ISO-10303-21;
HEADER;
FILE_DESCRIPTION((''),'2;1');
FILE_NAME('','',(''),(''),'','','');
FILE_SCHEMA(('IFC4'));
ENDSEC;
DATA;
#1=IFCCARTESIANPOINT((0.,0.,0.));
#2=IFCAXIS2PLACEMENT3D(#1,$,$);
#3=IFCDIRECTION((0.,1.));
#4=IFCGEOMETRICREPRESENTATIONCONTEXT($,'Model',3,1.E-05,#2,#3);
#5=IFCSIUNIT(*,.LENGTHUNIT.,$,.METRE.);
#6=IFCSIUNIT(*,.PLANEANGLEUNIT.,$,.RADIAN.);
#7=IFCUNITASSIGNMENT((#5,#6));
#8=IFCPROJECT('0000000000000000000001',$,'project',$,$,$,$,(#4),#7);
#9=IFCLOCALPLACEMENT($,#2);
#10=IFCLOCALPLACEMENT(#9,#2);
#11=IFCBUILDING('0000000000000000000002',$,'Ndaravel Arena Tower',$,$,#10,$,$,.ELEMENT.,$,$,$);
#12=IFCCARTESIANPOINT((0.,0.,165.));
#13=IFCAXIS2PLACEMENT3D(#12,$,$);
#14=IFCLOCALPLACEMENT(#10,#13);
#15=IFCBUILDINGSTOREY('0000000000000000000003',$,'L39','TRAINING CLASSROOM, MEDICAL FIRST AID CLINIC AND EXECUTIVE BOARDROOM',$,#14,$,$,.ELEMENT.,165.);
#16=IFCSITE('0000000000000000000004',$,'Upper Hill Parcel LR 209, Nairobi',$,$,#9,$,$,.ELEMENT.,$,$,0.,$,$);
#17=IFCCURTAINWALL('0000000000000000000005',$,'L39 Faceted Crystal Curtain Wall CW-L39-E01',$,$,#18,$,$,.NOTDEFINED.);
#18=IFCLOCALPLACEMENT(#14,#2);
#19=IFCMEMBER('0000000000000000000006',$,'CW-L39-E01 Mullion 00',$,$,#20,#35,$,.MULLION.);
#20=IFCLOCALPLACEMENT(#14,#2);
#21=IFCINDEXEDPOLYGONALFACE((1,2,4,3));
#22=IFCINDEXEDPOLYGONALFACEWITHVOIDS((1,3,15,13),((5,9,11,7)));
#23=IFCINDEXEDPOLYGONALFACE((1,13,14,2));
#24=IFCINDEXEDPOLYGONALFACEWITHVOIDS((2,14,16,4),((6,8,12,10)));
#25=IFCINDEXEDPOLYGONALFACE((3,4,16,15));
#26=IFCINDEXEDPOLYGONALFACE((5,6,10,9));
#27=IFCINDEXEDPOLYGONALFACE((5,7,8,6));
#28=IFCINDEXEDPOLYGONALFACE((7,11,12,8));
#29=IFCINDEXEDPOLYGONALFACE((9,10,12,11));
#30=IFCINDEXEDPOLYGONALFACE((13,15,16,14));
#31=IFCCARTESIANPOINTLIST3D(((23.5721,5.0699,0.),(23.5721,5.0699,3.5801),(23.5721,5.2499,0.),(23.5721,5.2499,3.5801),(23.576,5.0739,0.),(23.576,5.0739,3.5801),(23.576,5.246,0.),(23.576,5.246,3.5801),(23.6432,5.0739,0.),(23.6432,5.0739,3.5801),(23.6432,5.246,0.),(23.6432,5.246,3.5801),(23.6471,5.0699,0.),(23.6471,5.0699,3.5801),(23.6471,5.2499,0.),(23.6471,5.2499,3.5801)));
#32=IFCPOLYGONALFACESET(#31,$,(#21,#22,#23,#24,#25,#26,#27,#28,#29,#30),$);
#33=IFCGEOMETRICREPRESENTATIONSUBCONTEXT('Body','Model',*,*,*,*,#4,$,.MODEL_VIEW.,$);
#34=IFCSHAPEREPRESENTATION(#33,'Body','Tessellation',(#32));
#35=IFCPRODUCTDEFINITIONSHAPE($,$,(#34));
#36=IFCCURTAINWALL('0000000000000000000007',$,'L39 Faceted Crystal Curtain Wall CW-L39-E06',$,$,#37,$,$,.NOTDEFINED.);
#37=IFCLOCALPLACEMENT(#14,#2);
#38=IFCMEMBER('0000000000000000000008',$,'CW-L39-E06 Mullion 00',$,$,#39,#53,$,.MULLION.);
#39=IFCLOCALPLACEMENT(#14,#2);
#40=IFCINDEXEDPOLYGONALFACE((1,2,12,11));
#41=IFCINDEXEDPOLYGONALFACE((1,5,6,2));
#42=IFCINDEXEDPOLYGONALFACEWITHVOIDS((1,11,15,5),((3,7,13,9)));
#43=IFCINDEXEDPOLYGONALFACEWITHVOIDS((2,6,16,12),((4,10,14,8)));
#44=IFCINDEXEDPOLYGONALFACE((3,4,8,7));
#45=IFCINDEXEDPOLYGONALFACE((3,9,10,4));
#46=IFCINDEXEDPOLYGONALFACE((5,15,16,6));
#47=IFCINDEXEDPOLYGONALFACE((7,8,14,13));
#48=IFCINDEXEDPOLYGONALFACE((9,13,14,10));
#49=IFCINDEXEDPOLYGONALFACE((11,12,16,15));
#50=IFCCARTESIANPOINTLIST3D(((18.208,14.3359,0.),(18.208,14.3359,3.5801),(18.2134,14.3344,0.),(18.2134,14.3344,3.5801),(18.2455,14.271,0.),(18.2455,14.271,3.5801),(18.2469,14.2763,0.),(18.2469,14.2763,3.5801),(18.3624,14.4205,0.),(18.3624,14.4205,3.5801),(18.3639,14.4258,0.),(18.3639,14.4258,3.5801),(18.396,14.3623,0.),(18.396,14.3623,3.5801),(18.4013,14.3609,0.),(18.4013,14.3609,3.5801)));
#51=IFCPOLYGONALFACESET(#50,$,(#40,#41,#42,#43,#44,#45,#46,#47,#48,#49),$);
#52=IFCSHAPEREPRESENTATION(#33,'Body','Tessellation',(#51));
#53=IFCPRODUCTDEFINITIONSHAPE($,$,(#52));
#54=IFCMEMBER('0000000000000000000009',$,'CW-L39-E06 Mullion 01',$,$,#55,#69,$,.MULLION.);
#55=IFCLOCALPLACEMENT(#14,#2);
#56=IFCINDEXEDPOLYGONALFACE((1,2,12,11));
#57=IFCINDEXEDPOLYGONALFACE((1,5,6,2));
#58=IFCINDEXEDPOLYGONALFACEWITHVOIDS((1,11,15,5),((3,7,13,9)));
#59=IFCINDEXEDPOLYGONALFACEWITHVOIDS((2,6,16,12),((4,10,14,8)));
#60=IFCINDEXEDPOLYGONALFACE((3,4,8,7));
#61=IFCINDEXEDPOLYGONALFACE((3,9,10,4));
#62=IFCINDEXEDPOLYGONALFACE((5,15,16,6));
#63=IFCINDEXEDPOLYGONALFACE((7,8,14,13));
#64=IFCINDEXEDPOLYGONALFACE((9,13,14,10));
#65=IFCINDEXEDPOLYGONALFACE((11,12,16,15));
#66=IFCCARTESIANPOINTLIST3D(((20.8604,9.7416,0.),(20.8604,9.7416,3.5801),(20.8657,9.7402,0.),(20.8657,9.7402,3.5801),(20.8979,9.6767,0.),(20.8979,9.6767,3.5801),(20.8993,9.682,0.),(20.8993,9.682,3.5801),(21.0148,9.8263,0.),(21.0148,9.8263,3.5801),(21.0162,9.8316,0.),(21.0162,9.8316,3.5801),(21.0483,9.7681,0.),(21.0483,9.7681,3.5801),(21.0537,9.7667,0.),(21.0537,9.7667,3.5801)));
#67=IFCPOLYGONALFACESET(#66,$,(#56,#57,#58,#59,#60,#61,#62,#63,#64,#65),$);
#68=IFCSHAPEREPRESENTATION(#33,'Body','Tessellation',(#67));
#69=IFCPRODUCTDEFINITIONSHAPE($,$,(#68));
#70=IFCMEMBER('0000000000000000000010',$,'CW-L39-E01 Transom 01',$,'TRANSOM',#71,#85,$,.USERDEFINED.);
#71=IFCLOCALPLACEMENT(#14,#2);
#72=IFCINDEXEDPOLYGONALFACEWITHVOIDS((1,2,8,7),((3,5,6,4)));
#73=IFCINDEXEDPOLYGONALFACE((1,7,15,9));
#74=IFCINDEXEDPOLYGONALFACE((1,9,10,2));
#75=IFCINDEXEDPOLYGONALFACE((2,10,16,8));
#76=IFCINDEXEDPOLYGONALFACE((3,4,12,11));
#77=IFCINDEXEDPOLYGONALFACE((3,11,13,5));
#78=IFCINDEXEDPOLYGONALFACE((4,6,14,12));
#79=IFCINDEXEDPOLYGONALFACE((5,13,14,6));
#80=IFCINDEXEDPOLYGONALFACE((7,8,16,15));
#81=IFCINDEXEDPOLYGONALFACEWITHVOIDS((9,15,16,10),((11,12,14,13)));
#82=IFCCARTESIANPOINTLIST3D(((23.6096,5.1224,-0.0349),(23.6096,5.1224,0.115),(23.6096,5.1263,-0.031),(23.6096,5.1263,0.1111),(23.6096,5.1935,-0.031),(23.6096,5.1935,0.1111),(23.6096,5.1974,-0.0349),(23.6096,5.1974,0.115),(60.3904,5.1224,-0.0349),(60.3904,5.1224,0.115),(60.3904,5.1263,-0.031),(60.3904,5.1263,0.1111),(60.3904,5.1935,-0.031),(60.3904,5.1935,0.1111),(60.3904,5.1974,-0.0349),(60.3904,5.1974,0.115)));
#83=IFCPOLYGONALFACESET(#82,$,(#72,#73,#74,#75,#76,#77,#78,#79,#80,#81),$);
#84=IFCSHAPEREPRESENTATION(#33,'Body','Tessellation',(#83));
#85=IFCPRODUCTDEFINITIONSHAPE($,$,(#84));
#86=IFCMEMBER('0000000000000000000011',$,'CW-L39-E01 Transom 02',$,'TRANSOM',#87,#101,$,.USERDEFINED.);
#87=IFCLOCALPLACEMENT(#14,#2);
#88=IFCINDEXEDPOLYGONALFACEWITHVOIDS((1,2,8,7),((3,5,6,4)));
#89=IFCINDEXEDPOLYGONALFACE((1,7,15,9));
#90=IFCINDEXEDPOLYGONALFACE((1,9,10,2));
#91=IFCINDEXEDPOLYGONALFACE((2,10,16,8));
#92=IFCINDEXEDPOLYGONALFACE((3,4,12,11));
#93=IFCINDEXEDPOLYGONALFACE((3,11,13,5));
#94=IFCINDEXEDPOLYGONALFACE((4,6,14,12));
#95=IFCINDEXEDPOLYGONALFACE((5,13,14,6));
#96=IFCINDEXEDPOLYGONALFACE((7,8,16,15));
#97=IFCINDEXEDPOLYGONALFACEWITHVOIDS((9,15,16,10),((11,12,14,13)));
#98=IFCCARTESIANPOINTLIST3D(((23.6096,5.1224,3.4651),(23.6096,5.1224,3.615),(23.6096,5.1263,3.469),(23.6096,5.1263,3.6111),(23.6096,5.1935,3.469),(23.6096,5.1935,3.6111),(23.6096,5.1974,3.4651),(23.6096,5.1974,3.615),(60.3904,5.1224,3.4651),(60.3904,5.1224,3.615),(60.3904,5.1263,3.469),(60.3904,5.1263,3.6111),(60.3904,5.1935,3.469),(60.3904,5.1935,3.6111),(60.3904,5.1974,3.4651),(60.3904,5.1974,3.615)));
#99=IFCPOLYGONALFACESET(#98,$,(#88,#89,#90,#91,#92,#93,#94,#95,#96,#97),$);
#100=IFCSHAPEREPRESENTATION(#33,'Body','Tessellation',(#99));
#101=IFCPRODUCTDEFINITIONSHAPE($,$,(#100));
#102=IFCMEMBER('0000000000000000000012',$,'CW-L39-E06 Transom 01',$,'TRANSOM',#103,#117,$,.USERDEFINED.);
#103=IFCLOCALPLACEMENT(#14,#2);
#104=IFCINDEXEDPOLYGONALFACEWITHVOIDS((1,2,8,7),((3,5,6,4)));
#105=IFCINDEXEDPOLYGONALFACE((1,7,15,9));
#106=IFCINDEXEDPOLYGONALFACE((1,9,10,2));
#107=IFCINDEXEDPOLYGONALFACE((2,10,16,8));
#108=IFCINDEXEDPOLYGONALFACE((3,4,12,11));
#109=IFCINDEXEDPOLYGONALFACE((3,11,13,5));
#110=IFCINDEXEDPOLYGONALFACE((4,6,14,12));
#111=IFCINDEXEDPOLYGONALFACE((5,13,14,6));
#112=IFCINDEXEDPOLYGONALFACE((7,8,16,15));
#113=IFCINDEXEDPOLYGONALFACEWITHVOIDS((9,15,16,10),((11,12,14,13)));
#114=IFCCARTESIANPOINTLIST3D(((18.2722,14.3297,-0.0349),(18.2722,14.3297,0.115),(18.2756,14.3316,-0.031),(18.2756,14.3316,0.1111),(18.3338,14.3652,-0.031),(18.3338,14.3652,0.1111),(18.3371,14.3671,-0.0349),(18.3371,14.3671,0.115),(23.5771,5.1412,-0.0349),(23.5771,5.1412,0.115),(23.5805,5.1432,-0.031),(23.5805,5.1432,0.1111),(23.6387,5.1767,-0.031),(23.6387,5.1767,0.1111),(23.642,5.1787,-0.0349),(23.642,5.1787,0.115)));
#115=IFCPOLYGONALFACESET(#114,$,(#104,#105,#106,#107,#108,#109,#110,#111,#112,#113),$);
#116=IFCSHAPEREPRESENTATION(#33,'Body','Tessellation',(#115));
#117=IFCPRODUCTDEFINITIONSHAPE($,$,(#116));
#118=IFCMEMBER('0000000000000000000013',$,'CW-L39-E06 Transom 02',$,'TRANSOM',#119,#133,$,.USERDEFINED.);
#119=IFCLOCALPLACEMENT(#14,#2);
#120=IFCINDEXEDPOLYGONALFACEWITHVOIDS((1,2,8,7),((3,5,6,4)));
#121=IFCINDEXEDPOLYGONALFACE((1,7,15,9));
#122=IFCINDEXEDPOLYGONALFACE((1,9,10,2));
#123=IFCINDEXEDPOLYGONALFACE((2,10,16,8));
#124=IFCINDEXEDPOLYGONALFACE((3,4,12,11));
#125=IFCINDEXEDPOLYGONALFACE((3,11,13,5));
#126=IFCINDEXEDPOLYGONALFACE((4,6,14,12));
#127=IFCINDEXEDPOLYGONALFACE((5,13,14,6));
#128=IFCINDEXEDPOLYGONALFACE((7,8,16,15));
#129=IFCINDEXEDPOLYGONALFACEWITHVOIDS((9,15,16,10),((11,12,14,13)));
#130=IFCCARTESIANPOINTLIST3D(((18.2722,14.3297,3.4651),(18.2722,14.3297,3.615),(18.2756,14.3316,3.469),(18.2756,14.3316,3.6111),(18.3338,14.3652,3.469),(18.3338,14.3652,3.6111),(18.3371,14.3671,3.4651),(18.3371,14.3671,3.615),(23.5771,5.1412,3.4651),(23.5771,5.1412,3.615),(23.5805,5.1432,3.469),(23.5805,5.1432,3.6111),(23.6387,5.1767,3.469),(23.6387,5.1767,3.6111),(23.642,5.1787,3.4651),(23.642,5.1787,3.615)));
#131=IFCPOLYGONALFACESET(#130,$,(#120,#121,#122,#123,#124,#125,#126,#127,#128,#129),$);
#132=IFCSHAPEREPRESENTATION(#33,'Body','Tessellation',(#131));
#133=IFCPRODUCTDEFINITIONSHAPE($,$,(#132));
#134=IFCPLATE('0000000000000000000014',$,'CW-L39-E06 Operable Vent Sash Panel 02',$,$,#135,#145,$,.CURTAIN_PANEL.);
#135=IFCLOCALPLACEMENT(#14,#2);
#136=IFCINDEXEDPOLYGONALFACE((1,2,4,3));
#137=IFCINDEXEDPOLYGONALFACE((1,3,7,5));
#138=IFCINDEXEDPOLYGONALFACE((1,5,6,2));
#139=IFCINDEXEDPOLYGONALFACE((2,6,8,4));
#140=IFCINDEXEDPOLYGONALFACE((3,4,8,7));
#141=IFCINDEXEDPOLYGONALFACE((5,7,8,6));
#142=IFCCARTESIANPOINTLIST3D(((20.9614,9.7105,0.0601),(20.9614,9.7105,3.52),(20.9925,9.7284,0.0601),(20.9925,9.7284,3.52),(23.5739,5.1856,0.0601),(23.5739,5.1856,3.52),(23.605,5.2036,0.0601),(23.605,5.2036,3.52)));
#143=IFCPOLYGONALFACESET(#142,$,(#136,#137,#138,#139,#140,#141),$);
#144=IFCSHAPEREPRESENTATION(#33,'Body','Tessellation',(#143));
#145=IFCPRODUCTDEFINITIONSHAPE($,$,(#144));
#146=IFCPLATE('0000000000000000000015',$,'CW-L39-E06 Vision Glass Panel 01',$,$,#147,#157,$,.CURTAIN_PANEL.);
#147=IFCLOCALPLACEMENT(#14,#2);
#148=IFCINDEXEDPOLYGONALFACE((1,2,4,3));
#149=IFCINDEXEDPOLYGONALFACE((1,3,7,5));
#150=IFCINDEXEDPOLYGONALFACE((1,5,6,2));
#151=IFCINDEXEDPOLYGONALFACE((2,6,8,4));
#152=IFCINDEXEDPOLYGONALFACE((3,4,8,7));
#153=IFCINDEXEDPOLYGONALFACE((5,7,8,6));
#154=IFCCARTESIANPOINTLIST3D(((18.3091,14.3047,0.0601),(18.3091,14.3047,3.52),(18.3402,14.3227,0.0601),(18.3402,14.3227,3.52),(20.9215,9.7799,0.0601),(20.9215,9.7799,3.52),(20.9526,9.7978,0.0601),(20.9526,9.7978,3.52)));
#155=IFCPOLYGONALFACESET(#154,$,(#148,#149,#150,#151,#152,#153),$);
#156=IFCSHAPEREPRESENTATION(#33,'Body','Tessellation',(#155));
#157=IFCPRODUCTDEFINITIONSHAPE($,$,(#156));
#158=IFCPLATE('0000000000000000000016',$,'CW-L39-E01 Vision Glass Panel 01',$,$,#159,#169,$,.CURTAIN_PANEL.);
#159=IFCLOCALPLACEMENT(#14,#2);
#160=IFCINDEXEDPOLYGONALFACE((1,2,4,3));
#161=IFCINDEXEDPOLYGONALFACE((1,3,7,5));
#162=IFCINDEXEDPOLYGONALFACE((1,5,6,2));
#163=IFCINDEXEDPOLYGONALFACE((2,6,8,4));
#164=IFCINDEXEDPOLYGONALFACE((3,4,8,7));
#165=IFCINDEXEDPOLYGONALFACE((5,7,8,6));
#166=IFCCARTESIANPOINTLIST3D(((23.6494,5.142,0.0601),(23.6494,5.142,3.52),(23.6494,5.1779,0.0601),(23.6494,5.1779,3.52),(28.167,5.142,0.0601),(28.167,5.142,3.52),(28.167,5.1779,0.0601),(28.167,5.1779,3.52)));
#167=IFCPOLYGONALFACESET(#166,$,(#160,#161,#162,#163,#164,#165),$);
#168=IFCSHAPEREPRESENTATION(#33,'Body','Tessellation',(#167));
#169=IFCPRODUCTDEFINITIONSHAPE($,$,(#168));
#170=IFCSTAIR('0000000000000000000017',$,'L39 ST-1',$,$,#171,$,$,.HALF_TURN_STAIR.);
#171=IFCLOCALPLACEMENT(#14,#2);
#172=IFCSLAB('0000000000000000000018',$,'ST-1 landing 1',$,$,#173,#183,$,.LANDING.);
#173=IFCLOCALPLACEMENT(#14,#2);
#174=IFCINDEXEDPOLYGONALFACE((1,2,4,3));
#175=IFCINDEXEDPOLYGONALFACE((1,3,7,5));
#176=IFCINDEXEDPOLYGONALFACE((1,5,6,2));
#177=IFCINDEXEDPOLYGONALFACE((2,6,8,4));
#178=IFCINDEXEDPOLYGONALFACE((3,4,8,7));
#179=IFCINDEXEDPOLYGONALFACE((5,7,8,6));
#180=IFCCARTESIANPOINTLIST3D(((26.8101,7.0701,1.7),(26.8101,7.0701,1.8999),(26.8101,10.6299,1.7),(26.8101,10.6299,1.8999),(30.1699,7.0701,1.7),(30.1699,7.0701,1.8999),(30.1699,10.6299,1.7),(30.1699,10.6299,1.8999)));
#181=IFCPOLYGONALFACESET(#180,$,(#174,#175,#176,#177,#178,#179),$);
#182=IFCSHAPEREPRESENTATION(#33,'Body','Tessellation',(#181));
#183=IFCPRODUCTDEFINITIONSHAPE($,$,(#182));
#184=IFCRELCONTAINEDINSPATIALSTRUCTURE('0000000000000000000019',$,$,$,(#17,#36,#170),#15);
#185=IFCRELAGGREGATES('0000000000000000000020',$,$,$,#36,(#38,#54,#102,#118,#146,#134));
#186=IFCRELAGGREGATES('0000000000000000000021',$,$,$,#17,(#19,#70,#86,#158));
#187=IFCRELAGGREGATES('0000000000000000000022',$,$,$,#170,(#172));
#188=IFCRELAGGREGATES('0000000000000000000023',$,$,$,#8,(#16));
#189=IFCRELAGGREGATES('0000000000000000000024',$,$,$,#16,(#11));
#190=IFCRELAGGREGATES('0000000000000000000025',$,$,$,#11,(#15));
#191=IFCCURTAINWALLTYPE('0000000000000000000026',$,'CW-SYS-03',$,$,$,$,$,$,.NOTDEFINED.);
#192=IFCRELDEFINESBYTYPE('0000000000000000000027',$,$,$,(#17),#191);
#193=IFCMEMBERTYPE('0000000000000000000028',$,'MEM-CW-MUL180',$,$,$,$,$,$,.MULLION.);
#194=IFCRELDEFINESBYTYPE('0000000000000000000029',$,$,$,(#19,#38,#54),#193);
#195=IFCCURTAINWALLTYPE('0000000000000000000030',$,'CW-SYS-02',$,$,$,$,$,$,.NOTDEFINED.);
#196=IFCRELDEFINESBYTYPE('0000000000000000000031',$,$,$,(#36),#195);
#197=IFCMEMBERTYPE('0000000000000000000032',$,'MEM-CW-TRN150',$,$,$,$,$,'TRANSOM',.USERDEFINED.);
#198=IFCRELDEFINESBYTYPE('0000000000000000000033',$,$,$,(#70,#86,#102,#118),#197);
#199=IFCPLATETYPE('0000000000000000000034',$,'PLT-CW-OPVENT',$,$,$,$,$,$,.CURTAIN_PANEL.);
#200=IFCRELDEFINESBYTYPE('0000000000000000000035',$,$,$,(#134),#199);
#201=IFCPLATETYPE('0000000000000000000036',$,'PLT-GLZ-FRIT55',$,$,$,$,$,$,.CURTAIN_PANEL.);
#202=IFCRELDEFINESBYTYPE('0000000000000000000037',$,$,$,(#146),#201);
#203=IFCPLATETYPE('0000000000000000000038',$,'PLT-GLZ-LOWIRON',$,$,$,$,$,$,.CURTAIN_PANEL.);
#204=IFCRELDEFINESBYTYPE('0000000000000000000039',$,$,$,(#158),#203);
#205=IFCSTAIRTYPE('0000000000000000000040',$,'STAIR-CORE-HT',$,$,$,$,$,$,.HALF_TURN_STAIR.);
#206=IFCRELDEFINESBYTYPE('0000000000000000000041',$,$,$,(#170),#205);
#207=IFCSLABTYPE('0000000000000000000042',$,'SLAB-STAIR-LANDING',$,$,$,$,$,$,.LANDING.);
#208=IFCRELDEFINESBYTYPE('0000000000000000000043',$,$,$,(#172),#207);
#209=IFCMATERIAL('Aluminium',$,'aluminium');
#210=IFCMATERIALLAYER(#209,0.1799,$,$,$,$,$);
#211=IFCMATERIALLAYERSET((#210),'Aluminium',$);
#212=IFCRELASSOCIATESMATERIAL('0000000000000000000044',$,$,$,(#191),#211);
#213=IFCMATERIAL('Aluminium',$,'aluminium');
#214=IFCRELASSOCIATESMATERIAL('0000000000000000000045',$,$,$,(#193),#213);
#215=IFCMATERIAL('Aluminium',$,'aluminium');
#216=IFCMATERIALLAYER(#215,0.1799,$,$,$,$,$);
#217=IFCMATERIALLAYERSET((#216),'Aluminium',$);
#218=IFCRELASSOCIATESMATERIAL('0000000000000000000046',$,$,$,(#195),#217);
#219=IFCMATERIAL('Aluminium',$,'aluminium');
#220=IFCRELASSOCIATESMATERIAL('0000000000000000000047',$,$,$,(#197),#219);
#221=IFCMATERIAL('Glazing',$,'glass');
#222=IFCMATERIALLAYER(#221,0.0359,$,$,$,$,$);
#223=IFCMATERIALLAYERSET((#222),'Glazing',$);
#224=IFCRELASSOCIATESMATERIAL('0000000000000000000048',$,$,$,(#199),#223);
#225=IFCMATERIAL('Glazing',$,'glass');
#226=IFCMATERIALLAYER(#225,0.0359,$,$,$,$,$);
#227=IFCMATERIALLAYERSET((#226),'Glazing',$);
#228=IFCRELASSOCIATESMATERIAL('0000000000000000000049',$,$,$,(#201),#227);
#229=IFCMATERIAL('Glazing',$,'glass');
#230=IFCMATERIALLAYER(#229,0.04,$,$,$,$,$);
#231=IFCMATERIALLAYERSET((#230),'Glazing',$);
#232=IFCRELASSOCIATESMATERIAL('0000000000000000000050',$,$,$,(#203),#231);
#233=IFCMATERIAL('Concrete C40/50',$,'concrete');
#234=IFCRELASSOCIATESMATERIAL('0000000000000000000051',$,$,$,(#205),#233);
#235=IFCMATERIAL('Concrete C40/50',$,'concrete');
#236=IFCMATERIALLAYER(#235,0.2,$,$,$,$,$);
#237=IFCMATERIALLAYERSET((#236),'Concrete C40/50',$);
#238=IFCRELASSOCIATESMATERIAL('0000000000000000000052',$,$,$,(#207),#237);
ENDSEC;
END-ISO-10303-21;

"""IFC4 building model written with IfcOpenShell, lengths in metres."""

from ifc_helpers import new_model, si_unit, direction, frame, origin, origin_2d, place, context, subcontext, project, spatial, polyline, rectangle, hollow_rectangle, outline, extrude, material, layer, layer_set, material_profile, profile_set, type_object, element, aggregate, save


model = new_model("IFC4")

# Units and contexts
model_context = context("Model", 3, precision=1e-05, world=origin(), true_north=direction((0.0, 1.0)))
body_context = subcontext(model_context, "Body", "Model", "MODEL_VIEW")
ifc_project = project(units=[si_unit("LENGTHUNIT", "METRE"), si_unit("PLANEANGLEUNIT", "RADIAN")], contexts=[model_context])

# Site, building, storey
site_placement = place(None, origin())
site = spatial("IfcSite", under=ifc_project, at=site_placement, Name="Upper Hill Parcel LR 209, Nairobi", CompositionType="ELEMENT", RefElevation=0.0)
building_placement = place(site_placement, origin())
building = spatial("IfcBuilding", under=site, at=building_placement, Name="Ndaravel Arena Tower", CompositionType="ELEMENT")
storey_placement = place(building_placement, frame((0.0, 0.0, 165.0)))
storey = spatial("IfcBuildingStorey", under=building, at=storey_placement, Name="L39", Description="TRAINING CLASSROOM, MEDICAL FIRST AID CLINIC AND EXECUTIVE BOARDROOM", CompositionType="ELEMENT", Elevation=165.0)

# Curtain wall, member
ifc_material_1 = material(Name="Aluminium", Category="aluminium")
ifc_layer_1 = layer(ifc_material_1, 0.1799)
ifc_layer_set_1 = layer_set([ifc_layer_1], Name="Aluminium")
curtain_wall_type_1 = type_object("IfcCurtainWallType", Name="CW-SYS-03", PredefinedType="NOTDEFINED", material=ifc_layer_set_1)
curtain_wall_1_placement = place(storey_placement, origin())
curtain_wall_1 = element("IfcCurtainWall", 1, at=curtain_wall_1_placement, inside=storey, type_object=curtain_wall_type_1, Name="L39 Faceted Crystal Curtain Wall CW-L39-E01", PredefinedType="NOTDEFINED")
ifc_material_2 = material(Name="Aluminium", Category="aluminium")
ifc_material_profile_1 = material_profile(ifc_material_2, hollow_rectangle(XDim=0.075, YDim=0.1799, WallThickness=0.0039, at=origin_2d()), Name="CW MULLION 75x180x4")
ifc_profile_set_1 = profile_set([ifc_material_profile_1], Name="Aluminium")
member_type_1 = type_object("IfcMemberType", Name="MEM-CW-MUL180", PredefinedType="MULLION", material=ifc_profile_set_1)
member_1_placement = place(storey_placement, frame((23.6096, 5.1599, 0.0), z_axis=(0.0, 0.0, 1.0), x_axis=(1.0, 0.0, 0.0)))
member_1 = element("IfcMember", 2, at=member_1_placement, type_object=member_type_1, Name="CW-L39-E01 Mullion 00", PredefinedType="MULLION", context=body_context, shape_type="SweptSolid", body=[
    extrude(hollow_rectangle(XDim=0.075, YDim=0.1799, WallThickness=0.0039, at=origin_2d()), origin(), (0.0, 0.0, 1.0), 3.5801),
])

# Curtain wall, members
ifc_material_3 = material(Name="Aluminium", Category="aluminium")
ifc_layer_2 = layer(ifc_material_3, 0.1799)
ifc_layer_set_2 = layer_set([ifc_layer_2], Name="Aluminium")
curtain_wall_type_2 = type_object("IfcCurtainWallType", Name="CW-SYS-02", PredefinedType="NOTDEFINED", material=ifc_layer_set_2)
curtain_wall_2_placement = place(storey_placement, origin())
curtain_wall_2 = element("IfcCurtainWall", 3, at=curtain_wall_2_placement, inside=storey, type_object=curtain_wall_type_2, Name="L39 Faceted Crystal Curtain Wall CW-L39-E06", PredefinedType="NOTDEFINED")
member_2_placement = place(storey_placement, frame((18.3047, 14.3484, 0.0), z_axis=(0.0, 0.0, 1.0), x_axis=(0.5, -0.866025, 0.0)))
member_2 = element("IfcMember", 4, at=member_2_placement, type_object=member_type_1, Name="CW-L39-E06 Mullion 00", PredefinedType="MULLION", context=body_context, shape_type="SweptSolid", body=[
    extrude(hollow_rectangle(XDim=0.075, YDim=0.1799, WallThickness=0.0039, at=origin_2d()), origin(), (0.0, 0.0, 1.0), 3.5801),
])
member_3_placement = place(storey_placement, frame((20.957, 9.7542, 0.0), z_axis=(0.0, 0.0, 1.0), x_axis=(0.5, -0.866025, 0.0)))
member_3 = element("IfcMember", 5, at=member_3_placement, type_object=member_type_1, Name="CW-L39-E06 Mullion 01", PredefinedType="MULLION", context=body_context, shape_type="SweptSolid", body=[
    extrude(hollow_rectangle(XDim=0.075, YDim=0.1799, WallThickness=0.0039, at=origin_2d()), origin(), (0.0, 0.0, 1.0), 3.5801),
])

# Members
ifc_material_4 = material(Name="Aluminium", Category="aluminium")
ifc_material_profile_2 = material_profile(ifc_material_4, hollow_rectangle(XDim=0.075, YDim=0.1499, WallThickness=0.0039, at=origin_2d()), Name="CW TRANSOM 75x150x4")
ifc_profile_set_2 = profile_set([ifc_material_profile_2], Name="Aluminium")
member_type_2 = type_object("IfcMemberType", Name="MEM-CW-TRN150", ElementType="TRANSOM", PredefinedType="USERDEFINED", material=ifc_profile_set_2)
member_4_placement = place(storey_placement, frame((23.6096, 5.1599, 0.04), z_axis=(1.0, 0.0, 0.0), x_axis=(0.0, 1.0, 0.0)))
member_4 = element("IfcMember", 6, at=member_4_placement, type_object=member_type_2, Name="CW-L39-E01 Transom 01", ObjectType="TRANSOM", PredefinedType="USERDEFINED", context=body_context, shape_type="SweptSolid", body=[
    extrude(hollow_rectangle(XDim=0.075, YDim=0.1499, WallThickness=0.0039, at=origin_2d()), origin(), (0.0, 0.0, 1.0), 36.7808),
])
member_5_placement = place(storey_placement, frame((23.6096, 5.1599, 3.54), z_axis=(1.0, 0.0, 0.0), x_axis=(0.0, 1.0, 0.0)))
member_5 = element("IfcMember", 7, at=member_5_placement, type_object=member_type_2, Name="CW-L39-E01 Transom 02", ObjectType="TRANSOM", PredefinedType="USERDEFINED", context=body_context, shape_type="SweptSolid", body=[
    extrude(hollow_rectangle(XDim=0.075, YDim=0.1499, WallThickness=0.0039, at=origin_2d()), origin(), (0.0, 0.0, 1.0), 36.7808),
])
member_6_placement = place(storey_placement, frame((18.3047, 14.3484, 0.04), z_axis=(0.499997, -0.866027, 0.0), x_axis=(0.866027, 0.499997, 0.0)))
member_6 = element("IfcMember", 8, at=member_6_placement, type_object=member_type_2, Name="CW-L39-E06 Transom 01", ObjectType="TRANSOM", PredefinedType="USERDEFINED", context=body_context, shape_type="SweptSolid", body=[
    extrude(hollow_rectangle(XDim=0.075, YDim=0.1499, WallThickness=0.0039, at=origin_2d()), origin(), (0.0, 0.0, 1.0), 10.6099),
])
member_7_placement = place(storey_placement, frame((18.3047, 14.3484, 3.54), z_axis=(0.499997, -0.866027, 0.0), x_axis=(0.866027, 0.499997, 0.0)))
member_7 = element("IfcMember", 9, at=member_7_placement, type_object=member_type_2, Name="CW-L39-E06 Transom 02", ObjectType="TRANSOM", PredefinedType="USERDEFINED", context=body_context, shape_type="SweptSolid", body=[
    extrude(hollow_rectangle(XDim=0.075, YDim=0.1499, WallThickness=0.0039, at=origin_2d()), origin(), (0.0, 0.0, 1.0), 10.6099),
])

# Plates
ifc_material_5 = material(Name="Glazing", Category="glass")
ifc_layer_3 = layer(ifc_material_5, 0.0359)
ifc_layer_set_3 = layer_set([ifc_layer_3], Name="Glazing")
plate_type_1 = type_object("IfcPlateType", Name="PLT-CW-OPVENT", PredefinedType="CURTAIN_PANEL", material=ifc_layer_set_3)
plate_1_placement = place(storey_placement, frame((22.2832, 7.457, 0.0601), z_axis=(0.0, 0.0, 1.0), x_axis=(0.5, -0.866025, 0.0)))
plate_1 = element("IfcPlate", 10, at=plate_1_placement, type_object=plate_type_1, Name="CW-L39-E06 Operable Vent Sash Panel 02", PredefinedType="CURTAIN_PANEL", context=body_context, shape_type="SweptSolid", body=[
    extrude(rectangle(XDim=5.2249, YDim=0.0359, at=origin_2d()), origin(), (0.0, 0.0, 1.0), 3.46),
])
ifc_material_6 = material(Name="Glazing", Category="glass")
ifc_layer_4 = layer(ifc_material_6, 0.0359)
ifc_layer_set_4 = layer_set([ifc_layer_4], Name="Glazing")
plate_type_2 = type_object("IfcPlateType", Name="PLT-GLZ-FRIT55", PredefinedType="CURTAIN_PANEL", material=ifc_layer_set_4)
plate_2_placement = place(storey_placement, frame((19.6309, 12.0513, 0.0601), z_axis=(0.0, 0.0, 1.0), x_axis=(0.5, -0.866025, 0.0)))
plate_2 = element("IfcPlate", 11, at=plate_2_placement, type_object=plate_type_2, Name="CW-L39-E06 Vision Glass Panel 01", PredefinedType="CURTAIN_PANEL", context=body_context, shape_type="SweptSolid", body=[
    extrude(rectangle(XDim=5.2249, YDim=0.0359, at=origin_2d()), origin(), (0.0, 0.0, 1.0), 3.46),
])
aggregate(curtain_wall_2, [member_2, member_3, member_6, member_7, plate_2, plate_1])
ifc_material_7 = material(Name="Glazing", Category="glass")
ifc_layer_5 = layer(ifc_material_7, 0.04)
ifc_layer_set_5 = layer_set([ifc_layer_5], Name="Glazing")
plate_type_3 = type_object("IfcPlateType", Name="PLT-GLZ-LOWIRON", PredefinedType="CURTAIN_PANEL", material=ifc_layer_set_5)
plate_3_placement = place(storey_placement, frame((25.9082, 5.1599, 0.0601), z_axis=(0.0, 0.0, 1.0), x_axis=(1.0, 0.0, 0.0)))
plate_3 = element("IfcPlate", 12, at=plate_3_placement, type_object=plate_type_3, Name="CW-L39-E01 Vision Glass Panel 01", PredefinedType="CURTAIN_PANEL", context=body_context, shape_type="SweptSolid", body=[
    extrude(rectangle(XDim=4.5176, YDim=0.0359, at=origin_2d()), origin(), (0.0, 0.0, 1.0), 3.46),
])
aggregate(curtain_wall_1, [member_1, member_4, member_5, plate_3])

# Stair, slab
ifc_material_8 = material(Name="Concrete C40/50", Category="concrete")
stair_type = type_object("IfcStairType", Name="STAIR-CORE-HT", PredefinedType="HALF_TURN_STAIR", material=ifc_material_8)
stair_1_placement = place(storey_placement, origin())
stair_1 = element("IfcStair", 13, at=stair_1_placement, inside=storey, type_object=stair_type, Name="L39 ST-1", PredefinedType="HALF_TURN_STAIR")
ifc_material_9 = material(Name="Concrete C40/50", Category="concrete")
ifc_layer_6 = layer(ifc_material_9, 0.2)
ifc_layer_set_6 = layer_set([ifc_layer_6], Name="Concrete C40/50")
slab_type_1 = type_object("IfcSlabType", Name="SLAB-STAIR-LANDING", PredefinedType="LANDING", material=ifc_layer_set_6)
slab_1_placement = place(storey_placement, frame((0.0, 0.0, 1.7)))
slab_1 = element("IfcSlab", 14, at=slab_1_placement, type_object=slab_type_1, Name="ST-1 landing 1", PredefinedType="LANDING", context=body_context, shape_type="SweptSolid", body=[
    extrude(outline(polyline([(26.8101, 10.6299), (26.8101, 7.0701), (30.1699, 7.0701), (30.1699, 10.6299), (26.8101, 10.6299)])), origin(), (0.0, 0.0, 1.0), 0.2),
])

aggregate(stair_1, [slab_1])

save(model, "model.ifc")
